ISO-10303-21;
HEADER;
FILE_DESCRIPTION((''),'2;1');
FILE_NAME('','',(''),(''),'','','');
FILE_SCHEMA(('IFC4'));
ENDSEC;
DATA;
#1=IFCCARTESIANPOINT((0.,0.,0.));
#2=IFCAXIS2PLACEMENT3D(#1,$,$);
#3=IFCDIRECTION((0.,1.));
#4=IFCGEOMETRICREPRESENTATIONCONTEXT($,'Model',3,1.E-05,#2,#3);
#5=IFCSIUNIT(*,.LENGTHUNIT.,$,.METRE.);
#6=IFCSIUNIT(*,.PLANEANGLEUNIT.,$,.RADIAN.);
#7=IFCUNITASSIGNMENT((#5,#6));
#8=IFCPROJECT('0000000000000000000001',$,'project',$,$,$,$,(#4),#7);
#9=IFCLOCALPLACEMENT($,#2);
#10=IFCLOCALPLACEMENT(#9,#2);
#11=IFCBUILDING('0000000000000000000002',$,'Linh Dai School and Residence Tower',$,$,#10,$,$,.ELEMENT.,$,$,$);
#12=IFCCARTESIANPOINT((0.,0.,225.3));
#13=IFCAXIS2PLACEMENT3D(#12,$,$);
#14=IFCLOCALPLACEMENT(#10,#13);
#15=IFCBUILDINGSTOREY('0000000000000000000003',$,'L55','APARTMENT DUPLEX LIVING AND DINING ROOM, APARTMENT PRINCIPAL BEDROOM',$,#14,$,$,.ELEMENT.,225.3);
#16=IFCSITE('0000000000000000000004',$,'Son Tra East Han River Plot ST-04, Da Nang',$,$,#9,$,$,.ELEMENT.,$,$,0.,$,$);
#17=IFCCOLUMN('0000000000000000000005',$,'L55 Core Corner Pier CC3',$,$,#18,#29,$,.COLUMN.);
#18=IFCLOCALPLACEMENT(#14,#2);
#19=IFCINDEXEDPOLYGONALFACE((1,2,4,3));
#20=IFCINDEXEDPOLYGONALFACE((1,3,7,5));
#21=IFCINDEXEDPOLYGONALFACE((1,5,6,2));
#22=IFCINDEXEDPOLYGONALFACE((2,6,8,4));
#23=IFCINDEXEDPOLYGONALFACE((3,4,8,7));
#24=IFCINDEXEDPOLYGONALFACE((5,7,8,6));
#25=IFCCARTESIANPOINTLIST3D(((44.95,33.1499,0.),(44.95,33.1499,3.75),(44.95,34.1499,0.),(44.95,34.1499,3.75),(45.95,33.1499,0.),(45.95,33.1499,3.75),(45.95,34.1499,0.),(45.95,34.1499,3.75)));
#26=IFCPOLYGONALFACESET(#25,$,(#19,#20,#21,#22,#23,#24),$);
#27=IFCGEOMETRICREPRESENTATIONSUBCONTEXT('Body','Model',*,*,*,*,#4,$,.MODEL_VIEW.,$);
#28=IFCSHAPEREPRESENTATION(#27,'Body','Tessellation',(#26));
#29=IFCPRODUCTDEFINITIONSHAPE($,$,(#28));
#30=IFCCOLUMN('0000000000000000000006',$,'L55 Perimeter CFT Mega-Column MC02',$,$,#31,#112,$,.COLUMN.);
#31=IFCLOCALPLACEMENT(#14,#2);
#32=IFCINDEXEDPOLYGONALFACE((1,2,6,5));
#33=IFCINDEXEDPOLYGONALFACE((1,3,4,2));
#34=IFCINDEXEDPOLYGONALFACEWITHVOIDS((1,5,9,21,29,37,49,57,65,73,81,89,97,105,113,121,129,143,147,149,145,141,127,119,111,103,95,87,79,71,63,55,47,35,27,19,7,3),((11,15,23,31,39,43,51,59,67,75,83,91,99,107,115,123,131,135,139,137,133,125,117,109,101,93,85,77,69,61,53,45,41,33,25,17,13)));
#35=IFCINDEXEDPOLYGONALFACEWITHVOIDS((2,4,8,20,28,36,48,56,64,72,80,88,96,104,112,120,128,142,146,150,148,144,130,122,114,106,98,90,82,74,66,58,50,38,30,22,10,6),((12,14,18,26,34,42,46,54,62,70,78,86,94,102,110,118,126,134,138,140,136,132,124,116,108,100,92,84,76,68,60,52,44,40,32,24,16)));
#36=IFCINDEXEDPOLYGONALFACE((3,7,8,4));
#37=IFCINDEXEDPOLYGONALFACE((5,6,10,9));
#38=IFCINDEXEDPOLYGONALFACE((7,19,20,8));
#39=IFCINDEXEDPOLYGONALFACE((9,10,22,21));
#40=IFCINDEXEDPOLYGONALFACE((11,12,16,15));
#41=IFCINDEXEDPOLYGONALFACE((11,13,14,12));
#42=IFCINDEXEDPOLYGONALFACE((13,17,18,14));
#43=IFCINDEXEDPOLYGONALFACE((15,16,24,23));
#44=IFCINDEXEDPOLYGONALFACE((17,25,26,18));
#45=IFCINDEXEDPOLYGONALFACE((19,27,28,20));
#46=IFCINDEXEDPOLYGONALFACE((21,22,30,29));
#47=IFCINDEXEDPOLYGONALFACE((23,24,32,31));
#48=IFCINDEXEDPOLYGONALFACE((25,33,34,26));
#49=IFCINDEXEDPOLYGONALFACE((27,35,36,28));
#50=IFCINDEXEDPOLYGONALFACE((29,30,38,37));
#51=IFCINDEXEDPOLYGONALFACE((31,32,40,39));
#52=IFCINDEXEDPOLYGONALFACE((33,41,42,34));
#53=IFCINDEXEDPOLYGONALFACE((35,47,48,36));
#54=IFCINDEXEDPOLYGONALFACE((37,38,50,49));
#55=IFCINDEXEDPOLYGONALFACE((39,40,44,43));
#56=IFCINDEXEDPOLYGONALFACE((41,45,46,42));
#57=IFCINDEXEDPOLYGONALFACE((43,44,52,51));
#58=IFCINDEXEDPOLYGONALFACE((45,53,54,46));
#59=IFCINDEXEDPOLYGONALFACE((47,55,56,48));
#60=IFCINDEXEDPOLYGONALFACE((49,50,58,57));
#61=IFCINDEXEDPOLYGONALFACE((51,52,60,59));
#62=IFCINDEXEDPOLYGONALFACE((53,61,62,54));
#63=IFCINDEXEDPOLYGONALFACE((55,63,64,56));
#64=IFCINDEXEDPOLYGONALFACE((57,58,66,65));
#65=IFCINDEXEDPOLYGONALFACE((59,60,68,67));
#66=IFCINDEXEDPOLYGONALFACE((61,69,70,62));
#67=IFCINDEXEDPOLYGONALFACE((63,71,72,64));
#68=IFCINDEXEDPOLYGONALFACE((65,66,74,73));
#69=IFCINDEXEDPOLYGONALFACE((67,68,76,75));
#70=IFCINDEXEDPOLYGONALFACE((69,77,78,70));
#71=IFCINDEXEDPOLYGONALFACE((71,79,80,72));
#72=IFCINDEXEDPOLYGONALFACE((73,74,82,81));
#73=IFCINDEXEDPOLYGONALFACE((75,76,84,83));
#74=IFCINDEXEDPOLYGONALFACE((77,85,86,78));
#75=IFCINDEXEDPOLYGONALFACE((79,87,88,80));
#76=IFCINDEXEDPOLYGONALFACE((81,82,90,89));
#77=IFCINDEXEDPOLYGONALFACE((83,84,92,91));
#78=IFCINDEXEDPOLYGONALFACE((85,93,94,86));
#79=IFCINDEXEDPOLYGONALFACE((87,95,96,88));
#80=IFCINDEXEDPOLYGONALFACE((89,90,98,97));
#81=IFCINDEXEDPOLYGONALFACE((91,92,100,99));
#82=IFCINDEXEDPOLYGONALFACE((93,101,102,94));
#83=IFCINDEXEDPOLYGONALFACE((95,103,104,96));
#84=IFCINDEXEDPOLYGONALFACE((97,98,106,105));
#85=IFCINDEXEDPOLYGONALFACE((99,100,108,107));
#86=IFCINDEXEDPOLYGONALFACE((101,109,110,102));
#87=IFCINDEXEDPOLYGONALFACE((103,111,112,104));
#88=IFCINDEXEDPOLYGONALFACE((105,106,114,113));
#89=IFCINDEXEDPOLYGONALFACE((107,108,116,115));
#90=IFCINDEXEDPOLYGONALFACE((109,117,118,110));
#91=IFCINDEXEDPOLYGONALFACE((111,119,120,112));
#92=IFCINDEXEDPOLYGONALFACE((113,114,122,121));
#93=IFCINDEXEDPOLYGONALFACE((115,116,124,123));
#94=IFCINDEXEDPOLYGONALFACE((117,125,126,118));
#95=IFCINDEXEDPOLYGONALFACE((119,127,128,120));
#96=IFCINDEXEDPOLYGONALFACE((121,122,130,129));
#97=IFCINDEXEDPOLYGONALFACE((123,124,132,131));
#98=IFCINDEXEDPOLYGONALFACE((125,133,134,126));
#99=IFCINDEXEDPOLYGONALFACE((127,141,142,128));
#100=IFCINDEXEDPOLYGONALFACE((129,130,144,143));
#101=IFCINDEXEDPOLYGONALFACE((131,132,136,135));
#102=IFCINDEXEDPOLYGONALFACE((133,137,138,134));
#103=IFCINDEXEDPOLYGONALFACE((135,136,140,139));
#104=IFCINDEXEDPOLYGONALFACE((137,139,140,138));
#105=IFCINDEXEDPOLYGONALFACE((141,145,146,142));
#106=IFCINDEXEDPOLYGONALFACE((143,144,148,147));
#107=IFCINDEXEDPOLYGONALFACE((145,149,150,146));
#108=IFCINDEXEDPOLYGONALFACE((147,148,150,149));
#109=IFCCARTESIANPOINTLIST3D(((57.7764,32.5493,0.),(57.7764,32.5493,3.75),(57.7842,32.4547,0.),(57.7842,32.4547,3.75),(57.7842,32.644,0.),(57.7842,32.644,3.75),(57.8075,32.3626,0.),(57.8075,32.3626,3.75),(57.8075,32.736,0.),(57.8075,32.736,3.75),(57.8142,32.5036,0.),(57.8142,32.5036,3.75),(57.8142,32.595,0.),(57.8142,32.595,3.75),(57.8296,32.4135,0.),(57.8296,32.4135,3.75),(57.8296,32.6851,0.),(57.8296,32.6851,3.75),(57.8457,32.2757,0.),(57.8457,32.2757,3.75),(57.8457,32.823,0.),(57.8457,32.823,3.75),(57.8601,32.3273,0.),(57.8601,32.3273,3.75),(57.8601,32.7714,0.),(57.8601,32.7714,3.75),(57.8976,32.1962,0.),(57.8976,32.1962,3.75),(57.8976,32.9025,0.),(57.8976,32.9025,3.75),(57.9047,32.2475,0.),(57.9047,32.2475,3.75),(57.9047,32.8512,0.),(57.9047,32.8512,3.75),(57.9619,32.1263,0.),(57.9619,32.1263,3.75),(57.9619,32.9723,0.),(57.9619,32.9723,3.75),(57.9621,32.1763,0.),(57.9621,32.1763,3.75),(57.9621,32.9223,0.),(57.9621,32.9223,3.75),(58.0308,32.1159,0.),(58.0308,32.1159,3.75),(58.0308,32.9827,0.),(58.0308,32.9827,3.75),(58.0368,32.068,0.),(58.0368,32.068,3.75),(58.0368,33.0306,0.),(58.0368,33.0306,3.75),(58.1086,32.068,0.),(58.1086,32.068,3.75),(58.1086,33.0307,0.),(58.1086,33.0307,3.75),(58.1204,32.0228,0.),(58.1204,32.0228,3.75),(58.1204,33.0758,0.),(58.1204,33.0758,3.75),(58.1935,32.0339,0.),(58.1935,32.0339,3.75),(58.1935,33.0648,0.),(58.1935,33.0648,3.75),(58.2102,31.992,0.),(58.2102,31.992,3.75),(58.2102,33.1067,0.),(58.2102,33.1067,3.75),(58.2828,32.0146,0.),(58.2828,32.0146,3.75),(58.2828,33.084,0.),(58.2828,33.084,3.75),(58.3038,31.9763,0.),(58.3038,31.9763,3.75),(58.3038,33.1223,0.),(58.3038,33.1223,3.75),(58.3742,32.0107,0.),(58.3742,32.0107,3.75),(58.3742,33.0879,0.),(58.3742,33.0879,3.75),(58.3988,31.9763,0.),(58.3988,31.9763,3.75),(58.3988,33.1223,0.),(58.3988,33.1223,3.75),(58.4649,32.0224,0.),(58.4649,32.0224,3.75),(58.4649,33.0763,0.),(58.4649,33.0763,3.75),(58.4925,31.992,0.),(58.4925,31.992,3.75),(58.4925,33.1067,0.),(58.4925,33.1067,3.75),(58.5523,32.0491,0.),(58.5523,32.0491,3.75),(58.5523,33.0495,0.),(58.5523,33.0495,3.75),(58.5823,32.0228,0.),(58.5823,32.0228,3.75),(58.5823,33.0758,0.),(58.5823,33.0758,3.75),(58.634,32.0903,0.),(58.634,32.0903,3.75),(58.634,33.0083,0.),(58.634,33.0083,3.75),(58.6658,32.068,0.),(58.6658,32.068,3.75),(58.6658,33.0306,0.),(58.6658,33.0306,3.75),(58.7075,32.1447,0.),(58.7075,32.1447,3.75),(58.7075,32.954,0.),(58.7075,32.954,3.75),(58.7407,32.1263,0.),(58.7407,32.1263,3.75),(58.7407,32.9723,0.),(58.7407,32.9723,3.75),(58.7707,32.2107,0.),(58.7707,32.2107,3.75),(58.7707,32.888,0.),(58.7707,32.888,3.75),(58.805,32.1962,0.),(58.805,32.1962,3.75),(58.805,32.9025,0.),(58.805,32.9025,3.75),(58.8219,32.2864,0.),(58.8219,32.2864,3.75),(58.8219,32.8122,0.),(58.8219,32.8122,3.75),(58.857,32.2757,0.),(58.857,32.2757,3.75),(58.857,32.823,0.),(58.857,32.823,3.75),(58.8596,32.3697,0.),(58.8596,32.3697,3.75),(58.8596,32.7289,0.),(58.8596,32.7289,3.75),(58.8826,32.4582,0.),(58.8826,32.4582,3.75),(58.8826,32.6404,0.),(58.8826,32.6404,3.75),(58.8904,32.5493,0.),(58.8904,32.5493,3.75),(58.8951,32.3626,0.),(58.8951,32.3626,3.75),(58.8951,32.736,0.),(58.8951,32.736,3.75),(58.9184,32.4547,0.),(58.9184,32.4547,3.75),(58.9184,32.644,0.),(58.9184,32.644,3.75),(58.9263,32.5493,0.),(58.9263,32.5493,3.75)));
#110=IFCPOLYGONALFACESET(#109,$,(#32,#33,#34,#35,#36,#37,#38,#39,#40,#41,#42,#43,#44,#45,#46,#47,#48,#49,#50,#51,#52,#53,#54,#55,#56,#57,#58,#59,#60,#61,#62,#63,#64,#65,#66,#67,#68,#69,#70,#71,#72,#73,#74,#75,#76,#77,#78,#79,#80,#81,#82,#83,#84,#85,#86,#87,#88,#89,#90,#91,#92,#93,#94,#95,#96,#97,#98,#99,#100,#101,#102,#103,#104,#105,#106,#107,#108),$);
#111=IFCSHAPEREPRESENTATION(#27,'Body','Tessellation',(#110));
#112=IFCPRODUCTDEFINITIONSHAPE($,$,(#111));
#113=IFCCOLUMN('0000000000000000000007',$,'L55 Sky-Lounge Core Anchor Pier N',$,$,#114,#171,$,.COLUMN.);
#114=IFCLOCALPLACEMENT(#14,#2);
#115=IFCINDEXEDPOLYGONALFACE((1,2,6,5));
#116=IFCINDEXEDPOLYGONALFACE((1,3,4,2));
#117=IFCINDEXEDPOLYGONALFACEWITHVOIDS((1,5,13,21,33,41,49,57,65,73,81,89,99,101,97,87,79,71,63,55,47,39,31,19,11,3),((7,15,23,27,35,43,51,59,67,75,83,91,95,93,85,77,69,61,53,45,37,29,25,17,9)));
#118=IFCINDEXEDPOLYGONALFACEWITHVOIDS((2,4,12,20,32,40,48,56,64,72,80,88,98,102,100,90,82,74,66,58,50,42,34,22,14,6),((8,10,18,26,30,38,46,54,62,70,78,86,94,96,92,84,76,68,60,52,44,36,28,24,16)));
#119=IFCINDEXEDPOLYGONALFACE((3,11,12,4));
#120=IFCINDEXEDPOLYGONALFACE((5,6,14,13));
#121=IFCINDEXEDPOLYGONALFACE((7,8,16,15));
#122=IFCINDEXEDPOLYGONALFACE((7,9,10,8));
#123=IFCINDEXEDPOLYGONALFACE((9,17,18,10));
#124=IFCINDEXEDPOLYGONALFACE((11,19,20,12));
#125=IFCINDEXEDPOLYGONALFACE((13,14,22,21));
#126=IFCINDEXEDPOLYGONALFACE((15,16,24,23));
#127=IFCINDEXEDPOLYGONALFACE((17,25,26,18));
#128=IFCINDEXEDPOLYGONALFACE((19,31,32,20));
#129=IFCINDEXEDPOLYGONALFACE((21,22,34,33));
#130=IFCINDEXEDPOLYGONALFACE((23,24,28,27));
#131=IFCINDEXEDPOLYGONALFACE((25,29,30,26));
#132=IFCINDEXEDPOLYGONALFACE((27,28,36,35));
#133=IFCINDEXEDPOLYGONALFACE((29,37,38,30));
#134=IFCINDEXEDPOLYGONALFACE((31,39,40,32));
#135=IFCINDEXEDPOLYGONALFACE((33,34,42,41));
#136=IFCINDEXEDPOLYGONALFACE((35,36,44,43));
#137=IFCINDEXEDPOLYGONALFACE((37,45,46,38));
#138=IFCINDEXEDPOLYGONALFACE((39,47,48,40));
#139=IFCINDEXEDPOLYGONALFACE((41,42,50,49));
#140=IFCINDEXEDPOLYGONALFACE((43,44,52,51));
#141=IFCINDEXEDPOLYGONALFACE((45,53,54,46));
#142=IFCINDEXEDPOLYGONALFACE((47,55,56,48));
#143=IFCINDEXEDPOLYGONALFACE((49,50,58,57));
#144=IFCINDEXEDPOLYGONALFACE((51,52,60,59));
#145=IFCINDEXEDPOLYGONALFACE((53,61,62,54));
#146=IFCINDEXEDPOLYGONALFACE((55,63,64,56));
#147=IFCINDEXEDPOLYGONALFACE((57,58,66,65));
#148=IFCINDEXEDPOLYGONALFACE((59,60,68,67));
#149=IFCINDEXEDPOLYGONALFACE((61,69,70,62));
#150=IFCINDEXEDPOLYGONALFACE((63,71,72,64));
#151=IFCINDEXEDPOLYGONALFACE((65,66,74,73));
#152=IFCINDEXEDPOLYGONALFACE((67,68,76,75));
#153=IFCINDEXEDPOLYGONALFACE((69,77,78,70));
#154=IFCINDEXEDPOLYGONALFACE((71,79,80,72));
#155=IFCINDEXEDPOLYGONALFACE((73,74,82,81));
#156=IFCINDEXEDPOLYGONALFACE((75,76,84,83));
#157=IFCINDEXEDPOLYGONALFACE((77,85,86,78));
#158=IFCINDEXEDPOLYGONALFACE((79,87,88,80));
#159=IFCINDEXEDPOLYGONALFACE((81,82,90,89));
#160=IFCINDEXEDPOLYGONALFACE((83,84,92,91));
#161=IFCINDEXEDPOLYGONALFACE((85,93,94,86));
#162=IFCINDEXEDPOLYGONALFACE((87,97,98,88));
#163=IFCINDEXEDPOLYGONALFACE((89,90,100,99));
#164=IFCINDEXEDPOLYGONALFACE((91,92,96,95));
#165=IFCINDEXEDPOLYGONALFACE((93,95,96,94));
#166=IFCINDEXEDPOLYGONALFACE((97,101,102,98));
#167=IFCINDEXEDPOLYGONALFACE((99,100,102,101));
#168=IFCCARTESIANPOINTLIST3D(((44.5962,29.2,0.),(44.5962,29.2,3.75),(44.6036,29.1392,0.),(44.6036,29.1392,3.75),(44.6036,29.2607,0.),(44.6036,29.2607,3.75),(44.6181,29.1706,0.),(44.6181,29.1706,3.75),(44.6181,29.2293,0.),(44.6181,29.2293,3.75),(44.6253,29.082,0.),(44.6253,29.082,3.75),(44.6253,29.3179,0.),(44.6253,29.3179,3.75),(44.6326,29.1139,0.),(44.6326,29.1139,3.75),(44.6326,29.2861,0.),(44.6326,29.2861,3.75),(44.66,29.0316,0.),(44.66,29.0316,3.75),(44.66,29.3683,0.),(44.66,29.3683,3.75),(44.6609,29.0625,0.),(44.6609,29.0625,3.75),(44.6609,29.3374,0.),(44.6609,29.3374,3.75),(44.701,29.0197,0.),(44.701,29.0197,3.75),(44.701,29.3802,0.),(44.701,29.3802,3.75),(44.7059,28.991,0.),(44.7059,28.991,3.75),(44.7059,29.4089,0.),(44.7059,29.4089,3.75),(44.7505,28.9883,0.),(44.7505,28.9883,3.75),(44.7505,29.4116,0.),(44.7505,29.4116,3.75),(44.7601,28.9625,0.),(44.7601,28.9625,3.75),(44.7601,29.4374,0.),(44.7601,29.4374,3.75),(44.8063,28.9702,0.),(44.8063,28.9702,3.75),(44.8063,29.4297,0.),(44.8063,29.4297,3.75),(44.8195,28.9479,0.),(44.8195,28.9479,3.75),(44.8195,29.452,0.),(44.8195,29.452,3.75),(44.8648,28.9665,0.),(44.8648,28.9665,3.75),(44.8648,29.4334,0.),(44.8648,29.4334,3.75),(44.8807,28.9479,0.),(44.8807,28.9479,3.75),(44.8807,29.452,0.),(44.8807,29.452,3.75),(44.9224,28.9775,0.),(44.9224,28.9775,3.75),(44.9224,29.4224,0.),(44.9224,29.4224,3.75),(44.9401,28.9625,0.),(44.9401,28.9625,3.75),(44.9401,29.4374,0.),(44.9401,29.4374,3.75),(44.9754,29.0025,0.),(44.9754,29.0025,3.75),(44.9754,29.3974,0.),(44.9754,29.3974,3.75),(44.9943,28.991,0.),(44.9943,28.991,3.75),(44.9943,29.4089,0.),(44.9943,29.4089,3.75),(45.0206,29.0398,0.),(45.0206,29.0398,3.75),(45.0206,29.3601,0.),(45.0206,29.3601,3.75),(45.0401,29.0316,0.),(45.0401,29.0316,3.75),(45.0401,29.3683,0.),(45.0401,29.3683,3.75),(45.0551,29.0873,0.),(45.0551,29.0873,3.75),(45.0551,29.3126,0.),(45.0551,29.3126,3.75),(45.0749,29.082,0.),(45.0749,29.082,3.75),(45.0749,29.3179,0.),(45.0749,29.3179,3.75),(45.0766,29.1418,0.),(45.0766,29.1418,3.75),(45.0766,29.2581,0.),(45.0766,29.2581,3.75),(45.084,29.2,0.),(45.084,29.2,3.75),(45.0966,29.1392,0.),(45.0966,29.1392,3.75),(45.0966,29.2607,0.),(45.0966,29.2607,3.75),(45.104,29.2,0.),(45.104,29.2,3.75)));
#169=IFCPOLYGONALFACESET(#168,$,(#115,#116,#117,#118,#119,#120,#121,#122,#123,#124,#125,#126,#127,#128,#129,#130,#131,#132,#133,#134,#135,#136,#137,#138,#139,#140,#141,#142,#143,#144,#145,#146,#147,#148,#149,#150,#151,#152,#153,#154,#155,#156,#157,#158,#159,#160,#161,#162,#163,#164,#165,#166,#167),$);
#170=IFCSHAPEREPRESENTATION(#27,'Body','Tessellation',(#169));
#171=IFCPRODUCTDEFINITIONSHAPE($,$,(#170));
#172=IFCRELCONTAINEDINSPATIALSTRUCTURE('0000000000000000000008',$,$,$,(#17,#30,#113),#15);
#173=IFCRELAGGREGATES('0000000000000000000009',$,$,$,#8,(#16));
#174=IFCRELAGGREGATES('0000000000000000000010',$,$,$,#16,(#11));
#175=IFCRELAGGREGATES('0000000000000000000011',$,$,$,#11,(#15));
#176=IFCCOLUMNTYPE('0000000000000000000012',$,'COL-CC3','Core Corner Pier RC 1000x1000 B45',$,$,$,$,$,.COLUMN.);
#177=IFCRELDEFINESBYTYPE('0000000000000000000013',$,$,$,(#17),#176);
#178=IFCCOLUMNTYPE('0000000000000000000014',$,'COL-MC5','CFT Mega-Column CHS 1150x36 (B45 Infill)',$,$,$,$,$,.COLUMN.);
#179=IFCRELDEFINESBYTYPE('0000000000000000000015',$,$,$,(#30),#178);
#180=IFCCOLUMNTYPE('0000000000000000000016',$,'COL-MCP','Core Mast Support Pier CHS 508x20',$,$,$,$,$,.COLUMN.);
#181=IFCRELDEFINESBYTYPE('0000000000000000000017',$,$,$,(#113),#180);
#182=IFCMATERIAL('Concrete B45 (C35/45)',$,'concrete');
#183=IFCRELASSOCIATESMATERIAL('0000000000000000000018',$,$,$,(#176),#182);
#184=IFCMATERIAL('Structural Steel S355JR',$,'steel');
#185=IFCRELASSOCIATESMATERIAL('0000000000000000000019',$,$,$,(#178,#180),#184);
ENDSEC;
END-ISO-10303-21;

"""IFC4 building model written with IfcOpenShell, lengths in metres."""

from ifc_helpers import new_model, si_unit, direction, frame, origin, origin_2d, place, context, subcontext, project, spatial, rectangle, hollow_circle, extrude, material, material_profile, profile_set, type_object, element, save


model = new_model("IFC4")

# Units and contexts
model_context = context("Model", 3, precision=1e-05, world=origin(), true_north=direction((0.0, 1.0)))
body_context = subcontext(model_context, "Body", "Model", "MODEL_VIEW")
ifc_project = project(units=[si_unit("LENGTHUNIT", "METRE"), si_unit("PLANEANGLEUNIT", "RADIAN")], contexts=[model_context])

# Site, building, storey
site_placement = place(None, origin())
site = spatial("IfcSite", under=ifc_project, at=site_placement, Name="Son Tra East Han River Plot ST-04, Da Nang", CompositionType="ELEMENT", RefElevation=0.0)
building_placement = place(site_placement, origin())
building = spatial("IfcBuilding", under=site, at=building_placement, Name="Linh Dai School and Residence Tower", CompositionType="ELEMENT")
storey_placement = place(building_placement, frame((0.0, 0.0, 225.3)))
storey = spatial("IfcBuildingStorey", under=building, at=storey_placement, Name="L55", Description="APARTMENT DUPLEX LIVING AND DINING ROOM, APARTMENT PRINCIPAL BEDROOM", CompositionType="ELEMENT", Elevation=225.3)

# Columns
ifc_material_1 = material(Name="Concrete B45 (C35/45)", Category="concrete")
ifc_material_profile_1 = material_profile(ifc_material_1, rectangle(XDim=1.0, YDim=1.0, at=origin_2d()), Name="RC 1000x1000")
ifc_profile_set_1 = profile_set([ifc_material_profile_1], Name="Concrete B45 (C35/45)")
column_type_1 = type_object("IfcColumnType", Name="COL-CC3", Description="Core Corner Pier RC 1000x1000 B45", PredefinedType="COLUMN", material=ifc_profile_set_1)
column_1_placement = place(storey_placement, frame((45.45, 33.6499, 0.0), z_axis=(0.0, 0.0, 1.0), x_axis=(1.0, 0.0, 0.0)))
element("IfcColumn", 1, at=column_1_placement, inside=storey, type_object=column_type_1, Name="L55 Core Corner Pier CC3", PredefinedType="COLUMN", context=body_context, shape_type="SweptSolid", body=[
    extrude(rectangle(XDim=1.0, YDim=1.0, at=origin_2d()), origin(), (0.0, 0.0, 1.0), 3.75),
])
ifc_material_2 = material(Name="Structural Steel S355JR", Category="steel")
ifc_material_profile_2 = material_profile(ifc_material_2, hollow_circle(Radius=0.575, WallThickness=0.0359, at=origin_2d()), Name="CHS 1150x36")
ifc_profile_set_2 = profile_set([ifc_material_profile_2], Name="Structural Steel S355JR")
column_type_2 = type_object("IfcColumnType", Name="COL-MC5", Description="CFT Mega-Column CHS 1150x36 (B45 Infill)", PredefinedType="COLUMN", material=ifc_profile_set_2)
column_2_placement = place(storey_placement, frame((58.3513, 32.5493, 0.0), z_axis=(0.0, 0.0, 1.0), x_axis=(1.0, 0.0, 0.0)))
element("IfcColumn", 2, at=column_2_placement, inside=storey, type_object=column_type_2, Name="L55 Perimeter CFT Mega-Column MC02", PredefinedType="COLUMN", context=body_context, shape_type="SweptSolid", body=[
    extrude(hollow_circle(Radius=0.575, WallThickness=0.0359, at=origin_2d()), origin(), (0.0, 0.0, 1.0), 3.75),
])
ifc_material_profile_3 = material_profile(ifc_material_2, hollow_circle(Radius=0.2539, WallThickness=0.02, at=origin_2d()), Name="CHS 508x20")
ifc_profile_set_3 = profile_set([ifc_material_profile_3], Name="Structural Steel S355JR")
column_type_3 = type_object("IfcColumnType", Name="COL-MCP", Description="Core Mast Support Pier CHS 508x20", PredefinedType="COLUMN", material=ifc_profile_set_3)
column_3_placement = place(storey_placement, frame((44.8501, 29.2, 0.0), z_axis=(0.0, 0.0, 1.0), x_axis=(1.0, 0.0, 0.0)))
element("IfcColumn", 3, at=column_3_placement, inside=storey, type_object=column_type_3, Name="L55 Sky-Lounge Core Anchor Pier N", PredefinedType="COLUMN", context=body_context, shape_type="SweptSolid", body=[
    extrude(hollow_circle(Radius=0.2539, WallThickness=0.02, at=origin_2d()), origin(), (0.0, 0.0, 1.0), 3.75),
])

save(model, "model.ifc")
